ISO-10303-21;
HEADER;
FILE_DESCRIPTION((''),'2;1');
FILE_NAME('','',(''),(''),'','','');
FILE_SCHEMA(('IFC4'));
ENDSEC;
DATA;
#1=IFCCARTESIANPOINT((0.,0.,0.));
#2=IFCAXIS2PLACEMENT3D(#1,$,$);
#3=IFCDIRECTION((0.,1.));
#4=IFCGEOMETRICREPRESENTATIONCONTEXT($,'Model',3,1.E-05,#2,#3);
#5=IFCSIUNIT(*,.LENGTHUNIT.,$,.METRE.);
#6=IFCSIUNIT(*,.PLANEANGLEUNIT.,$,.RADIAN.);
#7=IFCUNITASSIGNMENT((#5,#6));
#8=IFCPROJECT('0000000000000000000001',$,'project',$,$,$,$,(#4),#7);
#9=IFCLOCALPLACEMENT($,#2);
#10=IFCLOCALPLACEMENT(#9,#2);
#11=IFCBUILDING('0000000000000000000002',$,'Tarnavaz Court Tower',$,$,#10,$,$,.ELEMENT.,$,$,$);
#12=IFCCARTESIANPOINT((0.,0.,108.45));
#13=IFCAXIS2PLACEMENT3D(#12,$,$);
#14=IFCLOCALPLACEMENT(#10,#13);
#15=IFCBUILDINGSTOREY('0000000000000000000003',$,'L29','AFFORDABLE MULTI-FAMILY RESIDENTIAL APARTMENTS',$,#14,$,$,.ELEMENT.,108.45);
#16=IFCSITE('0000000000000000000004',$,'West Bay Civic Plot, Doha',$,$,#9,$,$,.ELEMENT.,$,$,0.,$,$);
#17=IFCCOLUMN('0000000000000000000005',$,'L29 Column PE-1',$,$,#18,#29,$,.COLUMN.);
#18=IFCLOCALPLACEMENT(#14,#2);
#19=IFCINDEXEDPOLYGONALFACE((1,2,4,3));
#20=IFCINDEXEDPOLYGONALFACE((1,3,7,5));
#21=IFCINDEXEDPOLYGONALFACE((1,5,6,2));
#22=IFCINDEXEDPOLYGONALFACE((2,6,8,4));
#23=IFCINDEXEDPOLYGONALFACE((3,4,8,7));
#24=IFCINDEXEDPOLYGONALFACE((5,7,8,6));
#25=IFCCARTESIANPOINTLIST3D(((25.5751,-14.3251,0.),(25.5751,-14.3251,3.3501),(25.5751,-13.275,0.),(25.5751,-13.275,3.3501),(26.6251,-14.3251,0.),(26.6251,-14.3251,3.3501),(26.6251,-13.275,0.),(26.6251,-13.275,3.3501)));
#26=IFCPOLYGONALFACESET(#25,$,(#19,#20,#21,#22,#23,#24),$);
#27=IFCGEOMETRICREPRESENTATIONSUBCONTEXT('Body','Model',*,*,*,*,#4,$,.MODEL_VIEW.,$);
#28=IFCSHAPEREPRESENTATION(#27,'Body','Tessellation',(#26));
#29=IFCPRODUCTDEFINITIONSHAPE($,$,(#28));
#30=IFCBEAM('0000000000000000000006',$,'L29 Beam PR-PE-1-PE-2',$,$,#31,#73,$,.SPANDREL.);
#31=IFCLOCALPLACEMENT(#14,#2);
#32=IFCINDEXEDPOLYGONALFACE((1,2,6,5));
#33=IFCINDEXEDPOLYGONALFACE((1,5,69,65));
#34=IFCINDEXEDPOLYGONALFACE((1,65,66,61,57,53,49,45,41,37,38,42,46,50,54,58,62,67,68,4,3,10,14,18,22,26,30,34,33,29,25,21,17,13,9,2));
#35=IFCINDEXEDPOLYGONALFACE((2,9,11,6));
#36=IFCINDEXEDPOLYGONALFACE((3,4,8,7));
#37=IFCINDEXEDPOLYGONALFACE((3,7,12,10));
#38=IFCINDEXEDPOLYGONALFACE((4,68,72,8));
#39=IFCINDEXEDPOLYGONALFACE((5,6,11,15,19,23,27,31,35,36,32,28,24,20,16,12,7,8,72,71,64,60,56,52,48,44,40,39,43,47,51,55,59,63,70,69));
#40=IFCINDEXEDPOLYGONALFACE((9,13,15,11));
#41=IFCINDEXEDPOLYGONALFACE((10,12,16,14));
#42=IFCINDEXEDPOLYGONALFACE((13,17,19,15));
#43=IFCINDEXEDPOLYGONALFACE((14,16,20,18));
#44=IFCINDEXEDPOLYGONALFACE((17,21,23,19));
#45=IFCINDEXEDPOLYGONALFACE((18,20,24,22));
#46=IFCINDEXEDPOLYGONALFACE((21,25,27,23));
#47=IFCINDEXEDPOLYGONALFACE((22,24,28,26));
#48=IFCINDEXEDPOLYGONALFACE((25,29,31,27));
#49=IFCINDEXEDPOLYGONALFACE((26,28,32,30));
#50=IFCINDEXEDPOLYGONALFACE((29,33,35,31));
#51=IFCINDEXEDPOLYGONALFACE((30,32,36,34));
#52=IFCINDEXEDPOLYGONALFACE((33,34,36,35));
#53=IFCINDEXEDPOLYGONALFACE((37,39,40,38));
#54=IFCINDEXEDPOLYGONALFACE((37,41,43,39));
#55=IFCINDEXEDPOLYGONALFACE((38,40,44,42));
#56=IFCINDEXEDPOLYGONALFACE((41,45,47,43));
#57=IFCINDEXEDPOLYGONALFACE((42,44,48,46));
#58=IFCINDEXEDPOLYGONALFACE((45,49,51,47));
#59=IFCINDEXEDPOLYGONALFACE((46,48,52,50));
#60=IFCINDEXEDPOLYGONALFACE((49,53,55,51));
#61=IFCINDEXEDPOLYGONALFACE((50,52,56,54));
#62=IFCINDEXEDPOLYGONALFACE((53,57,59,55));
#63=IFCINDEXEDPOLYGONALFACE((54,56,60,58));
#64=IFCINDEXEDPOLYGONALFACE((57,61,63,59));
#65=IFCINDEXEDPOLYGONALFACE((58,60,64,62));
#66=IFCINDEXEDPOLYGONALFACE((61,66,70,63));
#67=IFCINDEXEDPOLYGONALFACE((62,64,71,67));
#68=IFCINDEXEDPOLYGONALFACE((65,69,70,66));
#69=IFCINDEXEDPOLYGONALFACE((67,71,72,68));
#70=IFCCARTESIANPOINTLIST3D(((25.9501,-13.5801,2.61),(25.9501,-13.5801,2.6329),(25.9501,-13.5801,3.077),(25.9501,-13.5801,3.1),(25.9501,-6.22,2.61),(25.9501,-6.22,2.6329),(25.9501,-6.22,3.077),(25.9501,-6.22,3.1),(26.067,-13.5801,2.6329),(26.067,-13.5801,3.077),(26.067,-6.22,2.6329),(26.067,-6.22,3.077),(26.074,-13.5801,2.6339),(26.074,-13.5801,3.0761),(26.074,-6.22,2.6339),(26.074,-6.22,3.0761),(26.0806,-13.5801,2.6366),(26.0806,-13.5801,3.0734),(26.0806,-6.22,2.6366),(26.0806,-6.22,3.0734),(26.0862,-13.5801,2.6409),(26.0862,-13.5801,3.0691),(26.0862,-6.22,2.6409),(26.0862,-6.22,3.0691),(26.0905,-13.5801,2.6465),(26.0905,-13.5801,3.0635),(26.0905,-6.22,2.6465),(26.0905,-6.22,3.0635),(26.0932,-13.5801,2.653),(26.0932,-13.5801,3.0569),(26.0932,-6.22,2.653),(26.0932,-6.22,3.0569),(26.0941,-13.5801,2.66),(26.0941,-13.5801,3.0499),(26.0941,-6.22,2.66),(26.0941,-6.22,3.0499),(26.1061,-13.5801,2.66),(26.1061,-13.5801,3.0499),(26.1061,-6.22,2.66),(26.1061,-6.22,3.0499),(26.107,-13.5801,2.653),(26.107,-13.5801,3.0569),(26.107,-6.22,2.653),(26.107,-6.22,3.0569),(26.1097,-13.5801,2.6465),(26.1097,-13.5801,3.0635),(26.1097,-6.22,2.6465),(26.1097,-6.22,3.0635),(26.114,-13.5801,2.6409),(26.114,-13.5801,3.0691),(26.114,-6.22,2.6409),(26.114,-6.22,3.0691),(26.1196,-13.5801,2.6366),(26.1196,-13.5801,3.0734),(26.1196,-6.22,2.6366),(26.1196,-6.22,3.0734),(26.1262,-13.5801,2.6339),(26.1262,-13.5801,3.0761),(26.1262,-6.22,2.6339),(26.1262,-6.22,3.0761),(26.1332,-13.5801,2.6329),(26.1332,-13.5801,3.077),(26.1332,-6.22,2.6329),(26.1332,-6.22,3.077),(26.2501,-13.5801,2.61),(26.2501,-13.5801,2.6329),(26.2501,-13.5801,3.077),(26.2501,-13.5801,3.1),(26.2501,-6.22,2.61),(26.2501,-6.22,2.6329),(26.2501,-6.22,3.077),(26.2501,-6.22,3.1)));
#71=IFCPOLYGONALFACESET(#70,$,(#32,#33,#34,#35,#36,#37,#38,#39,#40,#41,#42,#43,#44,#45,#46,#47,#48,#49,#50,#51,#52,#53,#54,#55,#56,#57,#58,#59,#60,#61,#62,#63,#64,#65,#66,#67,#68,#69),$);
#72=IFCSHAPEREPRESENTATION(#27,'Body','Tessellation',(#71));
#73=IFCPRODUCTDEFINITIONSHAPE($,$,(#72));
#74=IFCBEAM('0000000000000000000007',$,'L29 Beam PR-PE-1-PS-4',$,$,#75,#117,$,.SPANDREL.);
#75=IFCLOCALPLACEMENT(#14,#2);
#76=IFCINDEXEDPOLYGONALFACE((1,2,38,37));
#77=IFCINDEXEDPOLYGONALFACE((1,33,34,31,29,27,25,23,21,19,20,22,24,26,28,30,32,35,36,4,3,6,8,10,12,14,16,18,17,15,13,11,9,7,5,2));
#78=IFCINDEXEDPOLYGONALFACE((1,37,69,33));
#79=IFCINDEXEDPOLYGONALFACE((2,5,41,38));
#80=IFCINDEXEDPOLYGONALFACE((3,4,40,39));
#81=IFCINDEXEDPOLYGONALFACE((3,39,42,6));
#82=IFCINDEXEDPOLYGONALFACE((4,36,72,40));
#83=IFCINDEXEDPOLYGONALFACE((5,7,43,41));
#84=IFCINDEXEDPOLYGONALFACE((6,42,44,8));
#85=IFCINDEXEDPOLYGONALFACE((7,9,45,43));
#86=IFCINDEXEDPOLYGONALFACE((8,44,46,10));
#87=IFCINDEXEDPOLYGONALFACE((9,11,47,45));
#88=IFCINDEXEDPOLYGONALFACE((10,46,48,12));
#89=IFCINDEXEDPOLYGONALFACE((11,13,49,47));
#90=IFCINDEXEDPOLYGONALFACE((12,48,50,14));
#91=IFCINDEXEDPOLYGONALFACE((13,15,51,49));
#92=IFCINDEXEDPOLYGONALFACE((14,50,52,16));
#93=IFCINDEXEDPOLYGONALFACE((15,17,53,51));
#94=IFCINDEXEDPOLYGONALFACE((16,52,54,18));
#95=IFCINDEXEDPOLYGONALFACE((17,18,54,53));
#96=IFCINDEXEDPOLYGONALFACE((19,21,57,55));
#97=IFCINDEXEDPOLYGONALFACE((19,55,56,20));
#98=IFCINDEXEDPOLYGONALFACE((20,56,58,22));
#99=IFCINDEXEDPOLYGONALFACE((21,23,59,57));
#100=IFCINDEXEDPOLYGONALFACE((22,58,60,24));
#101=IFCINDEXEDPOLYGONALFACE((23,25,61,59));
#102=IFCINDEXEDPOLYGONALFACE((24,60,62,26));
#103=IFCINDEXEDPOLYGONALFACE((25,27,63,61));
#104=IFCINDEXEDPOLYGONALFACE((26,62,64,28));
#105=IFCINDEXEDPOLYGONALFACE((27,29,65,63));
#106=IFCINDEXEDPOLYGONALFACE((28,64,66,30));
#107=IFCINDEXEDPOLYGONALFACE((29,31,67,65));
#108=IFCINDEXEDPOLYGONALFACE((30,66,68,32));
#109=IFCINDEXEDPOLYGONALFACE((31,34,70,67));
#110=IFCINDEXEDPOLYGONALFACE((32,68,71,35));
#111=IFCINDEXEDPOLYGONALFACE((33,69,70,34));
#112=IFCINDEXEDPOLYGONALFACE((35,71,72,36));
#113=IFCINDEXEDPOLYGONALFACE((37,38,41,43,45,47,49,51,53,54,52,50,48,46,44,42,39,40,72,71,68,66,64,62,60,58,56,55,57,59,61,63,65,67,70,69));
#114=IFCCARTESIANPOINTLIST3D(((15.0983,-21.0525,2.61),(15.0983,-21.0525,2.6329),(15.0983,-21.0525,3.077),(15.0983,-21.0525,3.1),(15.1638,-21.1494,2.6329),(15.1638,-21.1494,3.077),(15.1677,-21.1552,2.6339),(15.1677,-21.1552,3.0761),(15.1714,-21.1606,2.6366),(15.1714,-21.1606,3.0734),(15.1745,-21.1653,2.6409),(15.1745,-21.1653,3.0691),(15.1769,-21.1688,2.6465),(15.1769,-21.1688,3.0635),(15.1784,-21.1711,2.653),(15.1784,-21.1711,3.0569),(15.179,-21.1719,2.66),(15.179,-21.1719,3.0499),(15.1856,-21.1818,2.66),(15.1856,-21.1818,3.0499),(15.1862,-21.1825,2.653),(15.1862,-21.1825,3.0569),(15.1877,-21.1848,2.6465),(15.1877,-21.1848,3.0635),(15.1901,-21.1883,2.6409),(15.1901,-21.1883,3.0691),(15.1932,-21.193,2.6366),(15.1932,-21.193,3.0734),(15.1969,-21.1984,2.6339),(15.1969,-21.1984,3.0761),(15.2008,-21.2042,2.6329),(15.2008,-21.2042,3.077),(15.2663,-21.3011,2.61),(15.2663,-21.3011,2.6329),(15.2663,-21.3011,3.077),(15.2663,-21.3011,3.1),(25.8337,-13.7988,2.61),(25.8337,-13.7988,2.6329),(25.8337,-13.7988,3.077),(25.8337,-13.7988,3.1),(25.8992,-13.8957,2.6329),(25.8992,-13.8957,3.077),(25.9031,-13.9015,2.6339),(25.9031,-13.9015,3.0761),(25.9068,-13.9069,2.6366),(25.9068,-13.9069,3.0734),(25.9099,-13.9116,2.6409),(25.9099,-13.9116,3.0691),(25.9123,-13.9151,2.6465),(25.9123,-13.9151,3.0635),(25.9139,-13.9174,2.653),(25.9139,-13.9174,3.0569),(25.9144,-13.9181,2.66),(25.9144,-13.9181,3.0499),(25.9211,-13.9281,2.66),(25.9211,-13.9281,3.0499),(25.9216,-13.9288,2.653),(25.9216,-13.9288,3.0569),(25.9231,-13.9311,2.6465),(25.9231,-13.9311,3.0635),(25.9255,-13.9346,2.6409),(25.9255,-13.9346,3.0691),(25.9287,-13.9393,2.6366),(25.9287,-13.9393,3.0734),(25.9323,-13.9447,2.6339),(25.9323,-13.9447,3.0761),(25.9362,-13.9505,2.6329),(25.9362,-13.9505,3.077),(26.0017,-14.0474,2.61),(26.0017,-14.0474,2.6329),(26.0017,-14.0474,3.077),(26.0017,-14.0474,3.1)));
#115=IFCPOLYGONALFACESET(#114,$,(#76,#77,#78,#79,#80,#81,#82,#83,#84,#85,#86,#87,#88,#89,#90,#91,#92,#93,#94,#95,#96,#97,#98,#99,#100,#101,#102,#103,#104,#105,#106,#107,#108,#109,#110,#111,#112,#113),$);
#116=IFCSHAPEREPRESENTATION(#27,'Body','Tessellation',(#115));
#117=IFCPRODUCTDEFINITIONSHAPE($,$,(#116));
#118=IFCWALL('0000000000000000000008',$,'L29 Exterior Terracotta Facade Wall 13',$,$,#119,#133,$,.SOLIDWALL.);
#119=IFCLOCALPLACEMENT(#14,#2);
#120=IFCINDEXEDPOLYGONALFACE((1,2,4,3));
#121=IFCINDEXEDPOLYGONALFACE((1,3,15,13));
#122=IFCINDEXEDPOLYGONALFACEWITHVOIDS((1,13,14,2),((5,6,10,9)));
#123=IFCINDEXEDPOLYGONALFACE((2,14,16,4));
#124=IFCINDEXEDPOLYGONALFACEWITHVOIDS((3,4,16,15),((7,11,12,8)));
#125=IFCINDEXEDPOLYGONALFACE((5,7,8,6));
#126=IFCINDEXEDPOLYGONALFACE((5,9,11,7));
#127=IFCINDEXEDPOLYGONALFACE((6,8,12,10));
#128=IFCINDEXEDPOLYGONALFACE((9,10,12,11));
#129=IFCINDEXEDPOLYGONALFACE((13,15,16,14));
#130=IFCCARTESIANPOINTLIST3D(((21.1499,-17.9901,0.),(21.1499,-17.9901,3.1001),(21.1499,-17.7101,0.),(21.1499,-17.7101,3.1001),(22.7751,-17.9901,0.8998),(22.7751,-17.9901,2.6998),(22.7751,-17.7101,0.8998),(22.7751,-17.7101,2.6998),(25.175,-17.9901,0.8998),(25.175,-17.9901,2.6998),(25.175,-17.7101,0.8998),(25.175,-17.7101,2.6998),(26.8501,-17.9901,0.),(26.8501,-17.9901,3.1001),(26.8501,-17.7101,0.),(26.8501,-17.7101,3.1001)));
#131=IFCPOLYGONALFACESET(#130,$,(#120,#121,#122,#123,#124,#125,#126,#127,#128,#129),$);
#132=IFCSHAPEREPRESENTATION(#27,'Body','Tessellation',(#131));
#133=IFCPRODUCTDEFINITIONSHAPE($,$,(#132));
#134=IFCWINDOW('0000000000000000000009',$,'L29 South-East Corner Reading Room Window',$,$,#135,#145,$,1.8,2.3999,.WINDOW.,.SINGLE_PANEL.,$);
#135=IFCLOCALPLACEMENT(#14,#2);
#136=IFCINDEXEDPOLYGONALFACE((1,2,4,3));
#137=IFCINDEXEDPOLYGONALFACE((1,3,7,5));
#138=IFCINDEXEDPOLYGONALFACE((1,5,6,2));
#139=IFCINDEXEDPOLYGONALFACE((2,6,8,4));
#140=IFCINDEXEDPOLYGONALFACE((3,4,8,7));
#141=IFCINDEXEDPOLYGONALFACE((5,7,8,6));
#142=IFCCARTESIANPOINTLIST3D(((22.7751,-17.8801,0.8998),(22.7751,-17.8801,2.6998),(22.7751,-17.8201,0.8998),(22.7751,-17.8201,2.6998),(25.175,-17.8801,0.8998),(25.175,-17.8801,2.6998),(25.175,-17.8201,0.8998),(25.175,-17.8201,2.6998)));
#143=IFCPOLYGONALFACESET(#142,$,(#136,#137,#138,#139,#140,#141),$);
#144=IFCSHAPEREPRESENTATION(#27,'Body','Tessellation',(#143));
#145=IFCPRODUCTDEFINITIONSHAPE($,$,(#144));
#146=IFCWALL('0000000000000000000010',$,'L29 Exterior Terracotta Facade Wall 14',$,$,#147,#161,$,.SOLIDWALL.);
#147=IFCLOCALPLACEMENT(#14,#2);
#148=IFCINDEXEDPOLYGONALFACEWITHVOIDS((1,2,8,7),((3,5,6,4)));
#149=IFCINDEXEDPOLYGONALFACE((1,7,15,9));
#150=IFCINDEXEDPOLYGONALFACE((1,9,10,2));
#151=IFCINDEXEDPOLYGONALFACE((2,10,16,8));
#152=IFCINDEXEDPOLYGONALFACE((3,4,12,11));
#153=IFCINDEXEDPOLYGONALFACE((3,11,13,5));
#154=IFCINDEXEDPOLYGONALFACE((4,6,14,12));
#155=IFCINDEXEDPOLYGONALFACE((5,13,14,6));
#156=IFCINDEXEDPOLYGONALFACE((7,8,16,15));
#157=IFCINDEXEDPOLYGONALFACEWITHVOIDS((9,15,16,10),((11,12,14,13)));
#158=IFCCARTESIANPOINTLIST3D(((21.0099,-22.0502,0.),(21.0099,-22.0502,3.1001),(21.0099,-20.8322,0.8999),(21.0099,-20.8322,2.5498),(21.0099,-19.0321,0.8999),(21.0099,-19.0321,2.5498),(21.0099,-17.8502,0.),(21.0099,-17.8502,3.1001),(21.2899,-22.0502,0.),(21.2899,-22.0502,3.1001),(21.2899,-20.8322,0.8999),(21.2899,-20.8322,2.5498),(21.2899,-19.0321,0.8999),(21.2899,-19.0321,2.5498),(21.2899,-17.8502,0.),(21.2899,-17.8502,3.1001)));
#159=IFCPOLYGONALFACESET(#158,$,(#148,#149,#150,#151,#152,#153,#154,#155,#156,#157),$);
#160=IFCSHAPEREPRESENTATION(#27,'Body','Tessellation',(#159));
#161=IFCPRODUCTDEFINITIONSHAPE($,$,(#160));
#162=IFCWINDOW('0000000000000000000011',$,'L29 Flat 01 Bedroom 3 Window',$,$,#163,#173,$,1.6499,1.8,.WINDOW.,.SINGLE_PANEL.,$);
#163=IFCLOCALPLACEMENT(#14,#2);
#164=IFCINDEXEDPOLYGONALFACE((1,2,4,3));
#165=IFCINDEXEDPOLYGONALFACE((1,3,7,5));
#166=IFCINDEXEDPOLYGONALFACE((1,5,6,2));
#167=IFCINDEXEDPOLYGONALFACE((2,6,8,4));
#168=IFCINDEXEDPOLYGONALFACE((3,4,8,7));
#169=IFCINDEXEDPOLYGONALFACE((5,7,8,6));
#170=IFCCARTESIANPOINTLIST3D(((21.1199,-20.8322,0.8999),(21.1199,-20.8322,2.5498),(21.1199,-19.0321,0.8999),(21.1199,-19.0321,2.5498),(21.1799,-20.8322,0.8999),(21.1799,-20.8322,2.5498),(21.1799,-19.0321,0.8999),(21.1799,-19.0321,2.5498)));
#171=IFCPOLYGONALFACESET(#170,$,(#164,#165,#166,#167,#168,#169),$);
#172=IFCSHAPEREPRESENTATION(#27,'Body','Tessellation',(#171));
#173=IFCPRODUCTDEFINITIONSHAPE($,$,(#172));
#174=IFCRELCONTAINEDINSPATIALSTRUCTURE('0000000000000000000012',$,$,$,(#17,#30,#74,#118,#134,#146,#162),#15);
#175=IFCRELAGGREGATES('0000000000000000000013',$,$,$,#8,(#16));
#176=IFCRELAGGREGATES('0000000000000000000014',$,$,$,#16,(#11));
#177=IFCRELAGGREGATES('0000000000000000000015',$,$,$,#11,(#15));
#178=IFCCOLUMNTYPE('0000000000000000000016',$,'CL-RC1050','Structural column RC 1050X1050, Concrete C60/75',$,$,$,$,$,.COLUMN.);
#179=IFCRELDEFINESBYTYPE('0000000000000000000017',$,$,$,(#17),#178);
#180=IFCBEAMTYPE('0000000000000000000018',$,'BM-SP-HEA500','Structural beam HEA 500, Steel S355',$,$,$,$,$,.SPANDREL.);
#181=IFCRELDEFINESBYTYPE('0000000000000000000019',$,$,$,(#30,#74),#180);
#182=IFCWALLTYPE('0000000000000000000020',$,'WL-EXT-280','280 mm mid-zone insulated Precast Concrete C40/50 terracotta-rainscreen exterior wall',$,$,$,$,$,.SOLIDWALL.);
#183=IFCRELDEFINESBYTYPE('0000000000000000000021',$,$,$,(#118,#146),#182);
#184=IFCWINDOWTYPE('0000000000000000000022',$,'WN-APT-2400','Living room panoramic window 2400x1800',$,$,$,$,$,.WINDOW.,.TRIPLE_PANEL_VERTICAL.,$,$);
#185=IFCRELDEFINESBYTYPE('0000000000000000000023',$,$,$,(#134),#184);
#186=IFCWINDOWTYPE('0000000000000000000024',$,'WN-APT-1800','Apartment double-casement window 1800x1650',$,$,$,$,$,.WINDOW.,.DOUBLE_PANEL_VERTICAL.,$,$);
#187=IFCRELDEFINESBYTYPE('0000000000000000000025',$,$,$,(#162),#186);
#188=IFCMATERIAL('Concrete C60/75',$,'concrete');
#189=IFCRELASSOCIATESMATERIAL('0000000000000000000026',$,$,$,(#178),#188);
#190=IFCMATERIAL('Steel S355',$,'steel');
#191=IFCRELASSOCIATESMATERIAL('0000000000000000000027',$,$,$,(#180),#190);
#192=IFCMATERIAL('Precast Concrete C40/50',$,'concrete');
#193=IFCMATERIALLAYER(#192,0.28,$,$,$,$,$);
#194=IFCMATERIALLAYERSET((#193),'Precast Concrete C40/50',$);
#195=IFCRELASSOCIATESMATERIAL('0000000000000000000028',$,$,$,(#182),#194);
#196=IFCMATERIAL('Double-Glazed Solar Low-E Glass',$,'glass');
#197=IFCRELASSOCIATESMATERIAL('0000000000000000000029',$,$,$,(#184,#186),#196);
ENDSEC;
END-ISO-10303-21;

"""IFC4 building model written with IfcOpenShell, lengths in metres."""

from ifc_helpers import new_model, si_unit, direction, frame, frame_2d, origin, origin_2d, place, context, subcontext, project, spatial, rectangle, i_section, extrude, material, layer, layer_set, material_profile, profile_set, type_object, element, fill, save


model = new_model("IFC4")

# Units and contexts
model_context = context("Model", 3, precision=1e-05, world=origin(), true_north=direction((0.0, 1.0)))
body_context = subcontext(model_context, "Body", "Model", "MODEL_VIEW")
ifc_project = project(units=[si_unit("LENGTHUNIT", "METRE"), si_unit("PLANEANGLEUNIT", "RADIAN")], contexts=[model_context])

# Site, building, storey
site_placement = place(None, origin())
site = spatial("IfcSite", under=ifc_project, at=site_placement, Name="West Bay Civic Plot, Doha", CompositionType="ELEMENT", RefElevation=0.0)
building_placement = place(site_placement, origin())
building = spatial("IfcBuilding", under=site, at=building_placement, Name="Tarnavaz Court Tower", CompositionType="ELEMENT")
storey_placement = place(building_placement, frame((0.0, 0.0, 108.45)))
storey = spatial("IfcBuildingStorey", under=building, at=storey_placement, Name="L29", Description="AFFORDABLE MULTI-FAMILY RESIDENTIAL APARTMENTS", CompositionType="ELEMENT", Elevation=108.45)

# Column
ifc_material_1 = material(Name="Concrete C60/75", Category="concrete")
ifc_material_profile_1 = material_profile(ifc_material_1, rectangle(XDim=1.05, YDim=1.05, at=origin_2d()), Name="RC 1050X1050")
ifc_profile_set_1 = profile_set([ifc_material_profile_1], Name="Concrete C60/75")
column_type = type_object("IfcColumnType", Name="CL-RC1050", Description="Structural column RC 1050X1050, Concrete C60/75", PredefinedType="COLUMN", material=ifc_profile_set_1)
column_placement = place(storey_placement, frame((26.1001, -13.8, 0.0), z_axis=(0.0, 0.0, 1.0), x_axis=(1.0, 0.0, 0.0)))
element("IfcColumn", 1, at=column_placement, inside=storey, type_object=column_type, Name="L29 Column PE-1", PredefinedType="COLUMN", context=body_context, shape_type="SweptSolid", body=[
    extrude(rectangle(XDim=1.05, YDim=1.05, at=origin_2d()), origin(), (0.0, 0.0, 1.0), 3.3501),
])

# Beams
ifc_material_2 = material(Name="Steel S355", Category="steel")
ifc_material_profile_2 = material_profile(ifc_material_2, i_section(OverallWidth=0.3, OverallDepth=0.49, WebThickness=0.012, FlangeThickness=0.0229, FilletRadius=0.0271, at=origin_2d()), Name="HEA 500")
ifc_profile_set_2 = profile_set([ifc_material_profile_2], Name="Steel S355")
beam_type = type_object("IfcBeamType", Name="BM-SP-HEA500", Description="Structural beam HEA 500, Steel S355", PredefinedType="SPANDREL", material=ifc_profile_set_2)
beam_1_placement = place(storey_placement, frame((26.1001, -13.5801, 2.855), z_axis=(0.0, 1.0, 0.0), x_axis=(-1.0, 0.0, 0.0)))
element("IfcBeam", 2, at=beam_1_placement, inside=storey, type_object=beam_type, Name="L29 Beam PR-PE-1-PE-2", PredefinedType="SPANDREL", context=body_context, shape_type="SweptSolid", body=[
    extrude(i_section(OverallWidth=0.3, OverallDepth=0.49, WebThickness=0.012, FlangeThickness=0.0229, FilletRadius=0.0271, at=origin_2d()), origin(), (0.0, 0.0, 1.0), 7.3601),
])
beam_2_placement = place(storey_placement, frame((25.9177, -13.9231, 2.855), z_axis=(-0.828587, -0.55986, 0.0), x_axis=(0.55986, -0.828587, 0.0)))
element("IfcBeam", 3, at=beam_2_placement, inside=storey, type_object=beam_type, Name="L29 Beam PR-PE-1-PS-4", PredefinedType="SPANDREL", context=body_context, shape_type="SweptSolid", body=[
    extrude(i_section(OverallWidth=0.3, OverallDepth=0.49, WebThickness=0.012, FlangeThickness=0.0229, FilletRadius=0.0271, at=origin_2d()), origin(), (0.0, 0.0, 1.0), 12.9563),
])

# Walls, openings, windows
ifc_material_3 = material(Name="Precast Concrete C40/50", Category="concrete")
ifc_layer_1 = layer(ifc_material_3, 0.28)
ifc_layer_set_1 = layer_set([ifc_layer_1], Name="Precast Concrete C40/50")
wall_type_1 = type_object("IfcWallType", Name="WL-EXT-280", Description="280 mm mid-zone insulated Precast Concrete C40/50 terracotta-rainscreen exterior wall", PredefinedType="SOLIDWALL", material=ifc_layer_set_1)
wall_1_placement = place(storey_placement, frame((26.8501, -17.8501, 0.0), z_axis=(0.0, 0.0, 1.0), x_axis=(-1.0, 0.0, 0.0)))
wall_1 = element("IfcWall", 4, at=wall_1_placement, inside=storey, type_object=wall_type_1, Name="L29 Exterior Terracotta Facade Wall 13", PredefinedType="SOLIDWALL", context=body_context, shape_type="SweptSolid", body=[
    extrude(rectangle(XDim=5.7002, YDim=0.28, at=frame_2d((2.8501, 0.0))), origin(), (0.0, 0.0, 1.0), 3.1001),
])
opening_1_placement = place(wall_1_placement, frame((1.675, 0.0, 0.8999)))
opening_1 = element("IfcOpeningElement", 5, at=opening_1_placement, cuts=wall_1, PredefinedType="OPENING", context=body_context, shape_type="SweptSolid", body=[
    extrude(rectangle(XDim=2.3999, YDim=1.8, at=frame_2d((1.2, 0.8999))), frame((0.0, 0.1499, 0.0), z_axis=(0.0, -1.0, 0.0), x_axis=(1.0, 0.0, 0.0)), (0.0, 0.0, 1.0), 0.3),
])
ifc_material_4 = material(Name="Double-Glazed Solar Low-E Glass", Category="glass")
window_type_1 = type_object("IfcWindowType", Name="WN-APT-2400", Description="Living room panoramic window 2400x1800", PartitioningType="TRIPLE_PANEL_VERTICAL", PredefinedType="WINDOW", material=ifc_material_4)
window_1_placement = place(opening_1_placement, origin())
window_1 = element("IfcWindow", 6, at=window_1_placement, inside=storey, type_object=window_type_1, Name="L29 South-East Corner Reading Room Window", OverallHeight=1.8, OverallWidth=2.3999, PartitioningType="SINGLE_PANEL", PredefinedType="WINDOW", context=body_context, shape_type="SweptSolid", body=[
    extrude(rectangle(XDim=2.3999, YDim=1.8, at=frame_2d((1.2, 0.8999))), frame((0.0, 0.03, 0.0), z_axis=(0.0, -1.0, 0.0), x_axis=(1.0, 0.0, 0.0)), (0.0, 0.0, 1.0), 0.0601),
])
fill(opening_1, window_1)
wall_2_placement = place(storey_placement, frame((21.1499, -17.8501, 0.0), z_axis=(0.0, 0.0, 1.0), x_axis=(0.0, -1.0, 0.0)))
wall_2 = element("IfcWall", 7, at=wall_2_placement, inside=storey, type_object=wall_type_1, Name="L29 Exterior Terracotta Facade Wall 14", PredefinedType="SOLIDWALL", context=body_context, shape_type="SweptSolid", body=[
    extrude(rectangle(XDim=4.2, YDim=0.28, at=frame_2d((2.1001, 0.0))), origin(), (0.0, 0.0, 1.0), 3.1001),
])
opening_2_placement = place(wall_2_placement, frame((1.1821, 0.0, 0.8999)))
opening_2 = element("IfcOpeningElement", 8, at=opening_2_placement, cuts=wall_2, PredefinedType="OPENING", context=body_context, shape_type="SweptSolid", body=[
    extrude(rectangle(XDim=1.8, YDim=1.6499, at=frame_2d((0.8999, 0.825))), frame((0.0, 0.1499, 0.0), z_axis=(0.0, -1.0, 0.0), x_axis=(1.0, 0.0, 0.0)), (0.0, 0.0, 1.0), 0.3),
])
window_type_2 = type_object("IfcWindowType", Name="WN-APT-1800", Description="Apartment double-casement window 1800x1650", PartitioningType="DOUBLE_PANEL_VERTICAL", PredefinedType="WINDOW", material=ifc_material_4)
window_2_placement = place(opening_2_placement, origin())
window_2 = element("IfcWindow", 9, at=window_2_placement, inside=storey, type_object=window_type_2, Name="L29 Flat 01 Bedroom 3 Window", OverallHeight=1.6499, OverallWidth=1.8, PartitioningType="SINGLE_PANEL", PredefinedType="WINDOW", context=body_context, shape_type="SweptSolid", body=[
    extrude(rectangle(XDim=1.8, YDim=1.6499, at=frame_2d((0.8999, 0.825))), frame((0.0, 0.03, 0.0), z_axis=(0.0, -1.0, 0.0), x_axis=(1.0, 0.0, 0.0)), (0.0, 0.0, 1.0), 0.0601),
])
fill(opening_2, window_2)

save(model, "model.ifc")
